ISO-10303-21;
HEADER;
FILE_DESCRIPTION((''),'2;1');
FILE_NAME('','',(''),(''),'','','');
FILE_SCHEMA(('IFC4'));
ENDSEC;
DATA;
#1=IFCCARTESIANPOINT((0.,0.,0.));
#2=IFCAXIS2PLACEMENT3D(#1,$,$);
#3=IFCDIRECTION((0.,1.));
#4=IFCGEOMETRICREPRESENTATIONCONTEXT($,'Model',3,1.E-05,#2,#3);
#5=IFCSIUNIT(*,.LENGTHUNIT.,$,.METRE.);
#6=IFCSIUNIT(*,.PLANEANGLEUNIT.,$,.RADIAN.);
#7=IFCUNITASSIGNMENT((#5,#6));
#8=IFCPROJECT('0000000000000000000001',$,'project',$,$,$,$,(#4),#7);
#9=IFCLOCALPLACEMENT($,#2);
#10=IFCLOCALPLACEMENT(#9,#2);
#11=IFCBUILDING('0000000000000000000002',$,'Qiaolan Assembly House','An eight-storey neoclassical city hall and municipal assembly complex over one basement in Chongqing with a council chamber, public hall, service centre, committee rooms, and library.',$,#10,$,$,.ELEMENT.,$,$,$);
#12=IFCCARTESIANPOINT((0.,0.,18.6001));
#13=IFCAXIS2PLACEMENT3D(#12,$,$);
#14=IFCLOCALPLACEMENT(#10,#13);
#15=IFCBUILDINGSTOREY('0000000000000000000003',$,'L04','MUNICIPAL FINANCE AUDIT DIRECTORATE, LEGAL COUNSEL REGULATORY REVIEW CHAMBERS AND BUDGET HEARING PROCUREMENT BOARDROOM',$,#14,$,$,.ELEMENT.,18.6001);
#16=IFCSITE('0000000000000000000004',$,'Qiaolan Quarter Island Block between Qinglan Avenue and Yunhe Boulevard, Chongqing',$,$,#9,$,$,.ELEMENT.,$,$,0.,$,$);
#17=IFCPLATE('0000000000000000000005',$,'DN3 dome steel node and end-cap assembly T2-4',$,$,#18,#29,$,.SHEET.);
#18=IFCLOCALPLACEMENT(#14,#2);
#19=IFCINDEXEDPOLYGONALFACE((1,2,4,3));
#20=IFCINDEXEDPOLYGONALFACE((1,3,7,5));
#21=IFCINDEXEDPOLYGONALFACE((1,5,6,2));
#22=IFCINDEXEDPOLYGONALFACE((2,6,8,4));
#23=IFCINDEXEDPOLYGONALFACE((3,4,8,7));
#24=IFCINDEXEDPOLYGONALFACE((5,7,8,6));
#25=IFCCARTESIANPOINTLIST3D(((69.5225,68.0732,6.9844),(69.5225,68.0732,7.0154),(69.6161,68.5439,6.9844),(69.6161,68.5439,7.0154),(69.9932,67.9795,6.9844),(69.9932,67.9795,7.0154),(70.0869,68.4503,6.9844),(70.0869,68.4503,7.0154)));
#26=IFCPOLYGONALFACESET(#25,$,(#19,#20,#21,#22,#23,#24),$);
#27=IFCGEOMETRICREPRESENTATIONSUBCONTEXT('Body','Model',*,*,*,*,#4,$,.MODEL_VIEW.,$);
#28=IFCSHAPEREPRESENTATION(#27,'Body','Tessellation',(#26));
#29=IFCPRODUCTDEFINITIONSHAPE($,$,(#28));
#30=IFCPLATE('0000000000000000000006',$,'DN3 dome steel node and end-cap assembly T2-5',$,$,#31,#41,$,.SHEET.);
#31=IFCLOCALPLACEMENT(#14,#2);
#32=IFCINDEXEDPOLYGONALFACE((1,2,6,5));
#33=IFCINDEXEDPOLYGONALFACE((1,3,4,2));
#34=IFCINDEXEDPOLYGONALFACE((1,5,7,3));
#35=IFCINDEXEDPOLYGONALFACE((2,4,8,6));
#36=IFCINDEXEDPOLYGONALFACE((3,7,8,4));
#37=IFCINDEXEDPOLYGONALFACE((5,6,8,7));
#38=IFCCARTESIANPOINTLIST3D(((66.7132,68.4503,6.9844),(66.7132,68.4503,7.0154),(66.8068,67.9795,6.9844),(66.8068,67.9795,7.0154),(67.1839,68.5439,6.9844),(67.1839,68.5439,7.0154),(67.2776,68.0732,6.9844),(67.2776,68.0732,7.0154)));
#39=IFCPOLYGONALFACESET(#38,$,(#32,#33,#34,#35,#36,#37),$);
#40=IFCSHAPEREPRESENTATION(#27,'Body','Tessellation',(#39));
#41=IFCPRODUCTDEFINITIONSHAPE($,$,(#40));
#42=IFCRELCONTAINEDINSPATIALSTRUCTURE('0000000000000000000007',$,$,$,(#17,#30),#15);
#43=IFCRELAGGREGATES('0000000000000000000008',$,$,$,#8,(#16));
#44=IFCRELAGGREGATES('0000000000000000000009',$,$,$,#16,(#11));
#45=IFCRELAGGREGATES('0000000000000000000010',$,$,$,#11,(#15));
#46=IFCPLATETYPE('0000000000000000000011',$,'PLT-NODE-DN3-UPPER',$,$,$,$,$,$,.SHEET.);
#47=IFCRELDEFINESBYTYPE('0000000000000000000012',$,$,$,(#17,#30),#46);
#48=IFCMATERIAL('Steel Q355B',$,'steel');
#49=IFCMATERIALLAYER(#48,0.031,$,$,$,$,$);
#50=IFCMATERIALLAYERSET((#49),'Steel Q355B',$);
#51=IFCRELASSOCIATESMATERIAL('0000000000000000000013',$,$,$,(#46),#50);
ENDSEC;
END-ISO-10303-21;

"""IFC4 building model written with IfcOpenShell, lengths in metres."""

from ifc_helpers import new_model, si_unit, direction, frame, origin, origin_2d, place, context, subcontext, project, spatial, rectangle, extrude, material, layer, layer_set, type_object, element, save


model = new_model("IFC4")

# Units and contexts
model_context = context("Model", 3, precision=1e-05, world=origin(), true_north=direction((0.0, 1.0)))
body_context = subcontext(model_context, "Body", "Model", "MODEL_VIEW")
ifc_project = project(units=[si_unit("LENGTHUNIT", "METRE"), si_unit("PLANEANGLEUNIT", "RADIAN")], contexts=[model_context])

# Site, building, storey
site_placement = place(None, origin())
site = spatial("IfcSite", under=ifc_project, at=site_placement, Name="Qiaolan Quarter Island Block between Qinglan Avenue and Yunhe Boulevard, Chongqing", CompositionType="ELEMENT", RefElevation=0.0)
building_placement = place(site_placement, origin())
building = spatial("IfcBuilding", under=site, at=building_placement, Name="Qiaolan Assembly House", Description="An eight-storey neoclassical city hall and municipal assembly complex over one basement in Chongqing with a council chamber, public hall, service centre, committee rooms, and library.", CompositionType="ELEMENT")
storey_placement = place(building_placement, frame((0.0, 0.0, 18.6001)))
storey = spatial("IfcBuildingStorey", under=building, at=storey_placement, Name="L04", Description="MUNICIPAL FINANCE AUDIT DIRECTORATE, LEGAL COUNSEL REGULATORY REVIEW CHAMBERS AND BUDGET HEARING PROCUREMENT BOARDROOM", CompositionType="ELEMENT", Elevation=18.6001)

# Shared definitions
ifc_material_1 = material(Name="Steel Q355B", Category="steel")

# Plates
ifc_layer_1 = layer(ifc_material_1, 0.031)
ifc_layer_set_1 = layer_set([ifc_layer_1], Name="Steel Q355B")
plate_type_1 = type_object("IfcPlateType", Name="PLT-NODE-DN3-UPPER", PredefinedType="SHEET", material=ifc_layer_set_1)
for number, where, z_axis, x_axis, name in (
    (1, (69.8047, 68.2617, 6.9844), (0.0, 0.0, 1.0), (0.19509, 0.980785, 0.0), "DN3 dome steel node and end-cap assembly T2-4"),
    (2, (66.9954, 68.2617, 6.9844), (0.0, 0.0, 1.0), (-0.19509, 0.980785, 0.0), "DN3 dome steel node and end-cap assembly T2-5"),
):
    element("IfcPlate", number, at=place(storey_placement, frame(where, z_axis=z_axis, x_axis=x_axis)), inside=storey, type_object=plate_type_1, Name=name, PredefinedType="SHEET", context=body_context, shape_type="SweptSolid", body=[
        extrude(rectangle(XDim=0.48, YDim=0.48, at=origin_2d()), origin(), (0.0, 0.0, 1.0), 0.031),
    ])

save(model, "model.ifc")
